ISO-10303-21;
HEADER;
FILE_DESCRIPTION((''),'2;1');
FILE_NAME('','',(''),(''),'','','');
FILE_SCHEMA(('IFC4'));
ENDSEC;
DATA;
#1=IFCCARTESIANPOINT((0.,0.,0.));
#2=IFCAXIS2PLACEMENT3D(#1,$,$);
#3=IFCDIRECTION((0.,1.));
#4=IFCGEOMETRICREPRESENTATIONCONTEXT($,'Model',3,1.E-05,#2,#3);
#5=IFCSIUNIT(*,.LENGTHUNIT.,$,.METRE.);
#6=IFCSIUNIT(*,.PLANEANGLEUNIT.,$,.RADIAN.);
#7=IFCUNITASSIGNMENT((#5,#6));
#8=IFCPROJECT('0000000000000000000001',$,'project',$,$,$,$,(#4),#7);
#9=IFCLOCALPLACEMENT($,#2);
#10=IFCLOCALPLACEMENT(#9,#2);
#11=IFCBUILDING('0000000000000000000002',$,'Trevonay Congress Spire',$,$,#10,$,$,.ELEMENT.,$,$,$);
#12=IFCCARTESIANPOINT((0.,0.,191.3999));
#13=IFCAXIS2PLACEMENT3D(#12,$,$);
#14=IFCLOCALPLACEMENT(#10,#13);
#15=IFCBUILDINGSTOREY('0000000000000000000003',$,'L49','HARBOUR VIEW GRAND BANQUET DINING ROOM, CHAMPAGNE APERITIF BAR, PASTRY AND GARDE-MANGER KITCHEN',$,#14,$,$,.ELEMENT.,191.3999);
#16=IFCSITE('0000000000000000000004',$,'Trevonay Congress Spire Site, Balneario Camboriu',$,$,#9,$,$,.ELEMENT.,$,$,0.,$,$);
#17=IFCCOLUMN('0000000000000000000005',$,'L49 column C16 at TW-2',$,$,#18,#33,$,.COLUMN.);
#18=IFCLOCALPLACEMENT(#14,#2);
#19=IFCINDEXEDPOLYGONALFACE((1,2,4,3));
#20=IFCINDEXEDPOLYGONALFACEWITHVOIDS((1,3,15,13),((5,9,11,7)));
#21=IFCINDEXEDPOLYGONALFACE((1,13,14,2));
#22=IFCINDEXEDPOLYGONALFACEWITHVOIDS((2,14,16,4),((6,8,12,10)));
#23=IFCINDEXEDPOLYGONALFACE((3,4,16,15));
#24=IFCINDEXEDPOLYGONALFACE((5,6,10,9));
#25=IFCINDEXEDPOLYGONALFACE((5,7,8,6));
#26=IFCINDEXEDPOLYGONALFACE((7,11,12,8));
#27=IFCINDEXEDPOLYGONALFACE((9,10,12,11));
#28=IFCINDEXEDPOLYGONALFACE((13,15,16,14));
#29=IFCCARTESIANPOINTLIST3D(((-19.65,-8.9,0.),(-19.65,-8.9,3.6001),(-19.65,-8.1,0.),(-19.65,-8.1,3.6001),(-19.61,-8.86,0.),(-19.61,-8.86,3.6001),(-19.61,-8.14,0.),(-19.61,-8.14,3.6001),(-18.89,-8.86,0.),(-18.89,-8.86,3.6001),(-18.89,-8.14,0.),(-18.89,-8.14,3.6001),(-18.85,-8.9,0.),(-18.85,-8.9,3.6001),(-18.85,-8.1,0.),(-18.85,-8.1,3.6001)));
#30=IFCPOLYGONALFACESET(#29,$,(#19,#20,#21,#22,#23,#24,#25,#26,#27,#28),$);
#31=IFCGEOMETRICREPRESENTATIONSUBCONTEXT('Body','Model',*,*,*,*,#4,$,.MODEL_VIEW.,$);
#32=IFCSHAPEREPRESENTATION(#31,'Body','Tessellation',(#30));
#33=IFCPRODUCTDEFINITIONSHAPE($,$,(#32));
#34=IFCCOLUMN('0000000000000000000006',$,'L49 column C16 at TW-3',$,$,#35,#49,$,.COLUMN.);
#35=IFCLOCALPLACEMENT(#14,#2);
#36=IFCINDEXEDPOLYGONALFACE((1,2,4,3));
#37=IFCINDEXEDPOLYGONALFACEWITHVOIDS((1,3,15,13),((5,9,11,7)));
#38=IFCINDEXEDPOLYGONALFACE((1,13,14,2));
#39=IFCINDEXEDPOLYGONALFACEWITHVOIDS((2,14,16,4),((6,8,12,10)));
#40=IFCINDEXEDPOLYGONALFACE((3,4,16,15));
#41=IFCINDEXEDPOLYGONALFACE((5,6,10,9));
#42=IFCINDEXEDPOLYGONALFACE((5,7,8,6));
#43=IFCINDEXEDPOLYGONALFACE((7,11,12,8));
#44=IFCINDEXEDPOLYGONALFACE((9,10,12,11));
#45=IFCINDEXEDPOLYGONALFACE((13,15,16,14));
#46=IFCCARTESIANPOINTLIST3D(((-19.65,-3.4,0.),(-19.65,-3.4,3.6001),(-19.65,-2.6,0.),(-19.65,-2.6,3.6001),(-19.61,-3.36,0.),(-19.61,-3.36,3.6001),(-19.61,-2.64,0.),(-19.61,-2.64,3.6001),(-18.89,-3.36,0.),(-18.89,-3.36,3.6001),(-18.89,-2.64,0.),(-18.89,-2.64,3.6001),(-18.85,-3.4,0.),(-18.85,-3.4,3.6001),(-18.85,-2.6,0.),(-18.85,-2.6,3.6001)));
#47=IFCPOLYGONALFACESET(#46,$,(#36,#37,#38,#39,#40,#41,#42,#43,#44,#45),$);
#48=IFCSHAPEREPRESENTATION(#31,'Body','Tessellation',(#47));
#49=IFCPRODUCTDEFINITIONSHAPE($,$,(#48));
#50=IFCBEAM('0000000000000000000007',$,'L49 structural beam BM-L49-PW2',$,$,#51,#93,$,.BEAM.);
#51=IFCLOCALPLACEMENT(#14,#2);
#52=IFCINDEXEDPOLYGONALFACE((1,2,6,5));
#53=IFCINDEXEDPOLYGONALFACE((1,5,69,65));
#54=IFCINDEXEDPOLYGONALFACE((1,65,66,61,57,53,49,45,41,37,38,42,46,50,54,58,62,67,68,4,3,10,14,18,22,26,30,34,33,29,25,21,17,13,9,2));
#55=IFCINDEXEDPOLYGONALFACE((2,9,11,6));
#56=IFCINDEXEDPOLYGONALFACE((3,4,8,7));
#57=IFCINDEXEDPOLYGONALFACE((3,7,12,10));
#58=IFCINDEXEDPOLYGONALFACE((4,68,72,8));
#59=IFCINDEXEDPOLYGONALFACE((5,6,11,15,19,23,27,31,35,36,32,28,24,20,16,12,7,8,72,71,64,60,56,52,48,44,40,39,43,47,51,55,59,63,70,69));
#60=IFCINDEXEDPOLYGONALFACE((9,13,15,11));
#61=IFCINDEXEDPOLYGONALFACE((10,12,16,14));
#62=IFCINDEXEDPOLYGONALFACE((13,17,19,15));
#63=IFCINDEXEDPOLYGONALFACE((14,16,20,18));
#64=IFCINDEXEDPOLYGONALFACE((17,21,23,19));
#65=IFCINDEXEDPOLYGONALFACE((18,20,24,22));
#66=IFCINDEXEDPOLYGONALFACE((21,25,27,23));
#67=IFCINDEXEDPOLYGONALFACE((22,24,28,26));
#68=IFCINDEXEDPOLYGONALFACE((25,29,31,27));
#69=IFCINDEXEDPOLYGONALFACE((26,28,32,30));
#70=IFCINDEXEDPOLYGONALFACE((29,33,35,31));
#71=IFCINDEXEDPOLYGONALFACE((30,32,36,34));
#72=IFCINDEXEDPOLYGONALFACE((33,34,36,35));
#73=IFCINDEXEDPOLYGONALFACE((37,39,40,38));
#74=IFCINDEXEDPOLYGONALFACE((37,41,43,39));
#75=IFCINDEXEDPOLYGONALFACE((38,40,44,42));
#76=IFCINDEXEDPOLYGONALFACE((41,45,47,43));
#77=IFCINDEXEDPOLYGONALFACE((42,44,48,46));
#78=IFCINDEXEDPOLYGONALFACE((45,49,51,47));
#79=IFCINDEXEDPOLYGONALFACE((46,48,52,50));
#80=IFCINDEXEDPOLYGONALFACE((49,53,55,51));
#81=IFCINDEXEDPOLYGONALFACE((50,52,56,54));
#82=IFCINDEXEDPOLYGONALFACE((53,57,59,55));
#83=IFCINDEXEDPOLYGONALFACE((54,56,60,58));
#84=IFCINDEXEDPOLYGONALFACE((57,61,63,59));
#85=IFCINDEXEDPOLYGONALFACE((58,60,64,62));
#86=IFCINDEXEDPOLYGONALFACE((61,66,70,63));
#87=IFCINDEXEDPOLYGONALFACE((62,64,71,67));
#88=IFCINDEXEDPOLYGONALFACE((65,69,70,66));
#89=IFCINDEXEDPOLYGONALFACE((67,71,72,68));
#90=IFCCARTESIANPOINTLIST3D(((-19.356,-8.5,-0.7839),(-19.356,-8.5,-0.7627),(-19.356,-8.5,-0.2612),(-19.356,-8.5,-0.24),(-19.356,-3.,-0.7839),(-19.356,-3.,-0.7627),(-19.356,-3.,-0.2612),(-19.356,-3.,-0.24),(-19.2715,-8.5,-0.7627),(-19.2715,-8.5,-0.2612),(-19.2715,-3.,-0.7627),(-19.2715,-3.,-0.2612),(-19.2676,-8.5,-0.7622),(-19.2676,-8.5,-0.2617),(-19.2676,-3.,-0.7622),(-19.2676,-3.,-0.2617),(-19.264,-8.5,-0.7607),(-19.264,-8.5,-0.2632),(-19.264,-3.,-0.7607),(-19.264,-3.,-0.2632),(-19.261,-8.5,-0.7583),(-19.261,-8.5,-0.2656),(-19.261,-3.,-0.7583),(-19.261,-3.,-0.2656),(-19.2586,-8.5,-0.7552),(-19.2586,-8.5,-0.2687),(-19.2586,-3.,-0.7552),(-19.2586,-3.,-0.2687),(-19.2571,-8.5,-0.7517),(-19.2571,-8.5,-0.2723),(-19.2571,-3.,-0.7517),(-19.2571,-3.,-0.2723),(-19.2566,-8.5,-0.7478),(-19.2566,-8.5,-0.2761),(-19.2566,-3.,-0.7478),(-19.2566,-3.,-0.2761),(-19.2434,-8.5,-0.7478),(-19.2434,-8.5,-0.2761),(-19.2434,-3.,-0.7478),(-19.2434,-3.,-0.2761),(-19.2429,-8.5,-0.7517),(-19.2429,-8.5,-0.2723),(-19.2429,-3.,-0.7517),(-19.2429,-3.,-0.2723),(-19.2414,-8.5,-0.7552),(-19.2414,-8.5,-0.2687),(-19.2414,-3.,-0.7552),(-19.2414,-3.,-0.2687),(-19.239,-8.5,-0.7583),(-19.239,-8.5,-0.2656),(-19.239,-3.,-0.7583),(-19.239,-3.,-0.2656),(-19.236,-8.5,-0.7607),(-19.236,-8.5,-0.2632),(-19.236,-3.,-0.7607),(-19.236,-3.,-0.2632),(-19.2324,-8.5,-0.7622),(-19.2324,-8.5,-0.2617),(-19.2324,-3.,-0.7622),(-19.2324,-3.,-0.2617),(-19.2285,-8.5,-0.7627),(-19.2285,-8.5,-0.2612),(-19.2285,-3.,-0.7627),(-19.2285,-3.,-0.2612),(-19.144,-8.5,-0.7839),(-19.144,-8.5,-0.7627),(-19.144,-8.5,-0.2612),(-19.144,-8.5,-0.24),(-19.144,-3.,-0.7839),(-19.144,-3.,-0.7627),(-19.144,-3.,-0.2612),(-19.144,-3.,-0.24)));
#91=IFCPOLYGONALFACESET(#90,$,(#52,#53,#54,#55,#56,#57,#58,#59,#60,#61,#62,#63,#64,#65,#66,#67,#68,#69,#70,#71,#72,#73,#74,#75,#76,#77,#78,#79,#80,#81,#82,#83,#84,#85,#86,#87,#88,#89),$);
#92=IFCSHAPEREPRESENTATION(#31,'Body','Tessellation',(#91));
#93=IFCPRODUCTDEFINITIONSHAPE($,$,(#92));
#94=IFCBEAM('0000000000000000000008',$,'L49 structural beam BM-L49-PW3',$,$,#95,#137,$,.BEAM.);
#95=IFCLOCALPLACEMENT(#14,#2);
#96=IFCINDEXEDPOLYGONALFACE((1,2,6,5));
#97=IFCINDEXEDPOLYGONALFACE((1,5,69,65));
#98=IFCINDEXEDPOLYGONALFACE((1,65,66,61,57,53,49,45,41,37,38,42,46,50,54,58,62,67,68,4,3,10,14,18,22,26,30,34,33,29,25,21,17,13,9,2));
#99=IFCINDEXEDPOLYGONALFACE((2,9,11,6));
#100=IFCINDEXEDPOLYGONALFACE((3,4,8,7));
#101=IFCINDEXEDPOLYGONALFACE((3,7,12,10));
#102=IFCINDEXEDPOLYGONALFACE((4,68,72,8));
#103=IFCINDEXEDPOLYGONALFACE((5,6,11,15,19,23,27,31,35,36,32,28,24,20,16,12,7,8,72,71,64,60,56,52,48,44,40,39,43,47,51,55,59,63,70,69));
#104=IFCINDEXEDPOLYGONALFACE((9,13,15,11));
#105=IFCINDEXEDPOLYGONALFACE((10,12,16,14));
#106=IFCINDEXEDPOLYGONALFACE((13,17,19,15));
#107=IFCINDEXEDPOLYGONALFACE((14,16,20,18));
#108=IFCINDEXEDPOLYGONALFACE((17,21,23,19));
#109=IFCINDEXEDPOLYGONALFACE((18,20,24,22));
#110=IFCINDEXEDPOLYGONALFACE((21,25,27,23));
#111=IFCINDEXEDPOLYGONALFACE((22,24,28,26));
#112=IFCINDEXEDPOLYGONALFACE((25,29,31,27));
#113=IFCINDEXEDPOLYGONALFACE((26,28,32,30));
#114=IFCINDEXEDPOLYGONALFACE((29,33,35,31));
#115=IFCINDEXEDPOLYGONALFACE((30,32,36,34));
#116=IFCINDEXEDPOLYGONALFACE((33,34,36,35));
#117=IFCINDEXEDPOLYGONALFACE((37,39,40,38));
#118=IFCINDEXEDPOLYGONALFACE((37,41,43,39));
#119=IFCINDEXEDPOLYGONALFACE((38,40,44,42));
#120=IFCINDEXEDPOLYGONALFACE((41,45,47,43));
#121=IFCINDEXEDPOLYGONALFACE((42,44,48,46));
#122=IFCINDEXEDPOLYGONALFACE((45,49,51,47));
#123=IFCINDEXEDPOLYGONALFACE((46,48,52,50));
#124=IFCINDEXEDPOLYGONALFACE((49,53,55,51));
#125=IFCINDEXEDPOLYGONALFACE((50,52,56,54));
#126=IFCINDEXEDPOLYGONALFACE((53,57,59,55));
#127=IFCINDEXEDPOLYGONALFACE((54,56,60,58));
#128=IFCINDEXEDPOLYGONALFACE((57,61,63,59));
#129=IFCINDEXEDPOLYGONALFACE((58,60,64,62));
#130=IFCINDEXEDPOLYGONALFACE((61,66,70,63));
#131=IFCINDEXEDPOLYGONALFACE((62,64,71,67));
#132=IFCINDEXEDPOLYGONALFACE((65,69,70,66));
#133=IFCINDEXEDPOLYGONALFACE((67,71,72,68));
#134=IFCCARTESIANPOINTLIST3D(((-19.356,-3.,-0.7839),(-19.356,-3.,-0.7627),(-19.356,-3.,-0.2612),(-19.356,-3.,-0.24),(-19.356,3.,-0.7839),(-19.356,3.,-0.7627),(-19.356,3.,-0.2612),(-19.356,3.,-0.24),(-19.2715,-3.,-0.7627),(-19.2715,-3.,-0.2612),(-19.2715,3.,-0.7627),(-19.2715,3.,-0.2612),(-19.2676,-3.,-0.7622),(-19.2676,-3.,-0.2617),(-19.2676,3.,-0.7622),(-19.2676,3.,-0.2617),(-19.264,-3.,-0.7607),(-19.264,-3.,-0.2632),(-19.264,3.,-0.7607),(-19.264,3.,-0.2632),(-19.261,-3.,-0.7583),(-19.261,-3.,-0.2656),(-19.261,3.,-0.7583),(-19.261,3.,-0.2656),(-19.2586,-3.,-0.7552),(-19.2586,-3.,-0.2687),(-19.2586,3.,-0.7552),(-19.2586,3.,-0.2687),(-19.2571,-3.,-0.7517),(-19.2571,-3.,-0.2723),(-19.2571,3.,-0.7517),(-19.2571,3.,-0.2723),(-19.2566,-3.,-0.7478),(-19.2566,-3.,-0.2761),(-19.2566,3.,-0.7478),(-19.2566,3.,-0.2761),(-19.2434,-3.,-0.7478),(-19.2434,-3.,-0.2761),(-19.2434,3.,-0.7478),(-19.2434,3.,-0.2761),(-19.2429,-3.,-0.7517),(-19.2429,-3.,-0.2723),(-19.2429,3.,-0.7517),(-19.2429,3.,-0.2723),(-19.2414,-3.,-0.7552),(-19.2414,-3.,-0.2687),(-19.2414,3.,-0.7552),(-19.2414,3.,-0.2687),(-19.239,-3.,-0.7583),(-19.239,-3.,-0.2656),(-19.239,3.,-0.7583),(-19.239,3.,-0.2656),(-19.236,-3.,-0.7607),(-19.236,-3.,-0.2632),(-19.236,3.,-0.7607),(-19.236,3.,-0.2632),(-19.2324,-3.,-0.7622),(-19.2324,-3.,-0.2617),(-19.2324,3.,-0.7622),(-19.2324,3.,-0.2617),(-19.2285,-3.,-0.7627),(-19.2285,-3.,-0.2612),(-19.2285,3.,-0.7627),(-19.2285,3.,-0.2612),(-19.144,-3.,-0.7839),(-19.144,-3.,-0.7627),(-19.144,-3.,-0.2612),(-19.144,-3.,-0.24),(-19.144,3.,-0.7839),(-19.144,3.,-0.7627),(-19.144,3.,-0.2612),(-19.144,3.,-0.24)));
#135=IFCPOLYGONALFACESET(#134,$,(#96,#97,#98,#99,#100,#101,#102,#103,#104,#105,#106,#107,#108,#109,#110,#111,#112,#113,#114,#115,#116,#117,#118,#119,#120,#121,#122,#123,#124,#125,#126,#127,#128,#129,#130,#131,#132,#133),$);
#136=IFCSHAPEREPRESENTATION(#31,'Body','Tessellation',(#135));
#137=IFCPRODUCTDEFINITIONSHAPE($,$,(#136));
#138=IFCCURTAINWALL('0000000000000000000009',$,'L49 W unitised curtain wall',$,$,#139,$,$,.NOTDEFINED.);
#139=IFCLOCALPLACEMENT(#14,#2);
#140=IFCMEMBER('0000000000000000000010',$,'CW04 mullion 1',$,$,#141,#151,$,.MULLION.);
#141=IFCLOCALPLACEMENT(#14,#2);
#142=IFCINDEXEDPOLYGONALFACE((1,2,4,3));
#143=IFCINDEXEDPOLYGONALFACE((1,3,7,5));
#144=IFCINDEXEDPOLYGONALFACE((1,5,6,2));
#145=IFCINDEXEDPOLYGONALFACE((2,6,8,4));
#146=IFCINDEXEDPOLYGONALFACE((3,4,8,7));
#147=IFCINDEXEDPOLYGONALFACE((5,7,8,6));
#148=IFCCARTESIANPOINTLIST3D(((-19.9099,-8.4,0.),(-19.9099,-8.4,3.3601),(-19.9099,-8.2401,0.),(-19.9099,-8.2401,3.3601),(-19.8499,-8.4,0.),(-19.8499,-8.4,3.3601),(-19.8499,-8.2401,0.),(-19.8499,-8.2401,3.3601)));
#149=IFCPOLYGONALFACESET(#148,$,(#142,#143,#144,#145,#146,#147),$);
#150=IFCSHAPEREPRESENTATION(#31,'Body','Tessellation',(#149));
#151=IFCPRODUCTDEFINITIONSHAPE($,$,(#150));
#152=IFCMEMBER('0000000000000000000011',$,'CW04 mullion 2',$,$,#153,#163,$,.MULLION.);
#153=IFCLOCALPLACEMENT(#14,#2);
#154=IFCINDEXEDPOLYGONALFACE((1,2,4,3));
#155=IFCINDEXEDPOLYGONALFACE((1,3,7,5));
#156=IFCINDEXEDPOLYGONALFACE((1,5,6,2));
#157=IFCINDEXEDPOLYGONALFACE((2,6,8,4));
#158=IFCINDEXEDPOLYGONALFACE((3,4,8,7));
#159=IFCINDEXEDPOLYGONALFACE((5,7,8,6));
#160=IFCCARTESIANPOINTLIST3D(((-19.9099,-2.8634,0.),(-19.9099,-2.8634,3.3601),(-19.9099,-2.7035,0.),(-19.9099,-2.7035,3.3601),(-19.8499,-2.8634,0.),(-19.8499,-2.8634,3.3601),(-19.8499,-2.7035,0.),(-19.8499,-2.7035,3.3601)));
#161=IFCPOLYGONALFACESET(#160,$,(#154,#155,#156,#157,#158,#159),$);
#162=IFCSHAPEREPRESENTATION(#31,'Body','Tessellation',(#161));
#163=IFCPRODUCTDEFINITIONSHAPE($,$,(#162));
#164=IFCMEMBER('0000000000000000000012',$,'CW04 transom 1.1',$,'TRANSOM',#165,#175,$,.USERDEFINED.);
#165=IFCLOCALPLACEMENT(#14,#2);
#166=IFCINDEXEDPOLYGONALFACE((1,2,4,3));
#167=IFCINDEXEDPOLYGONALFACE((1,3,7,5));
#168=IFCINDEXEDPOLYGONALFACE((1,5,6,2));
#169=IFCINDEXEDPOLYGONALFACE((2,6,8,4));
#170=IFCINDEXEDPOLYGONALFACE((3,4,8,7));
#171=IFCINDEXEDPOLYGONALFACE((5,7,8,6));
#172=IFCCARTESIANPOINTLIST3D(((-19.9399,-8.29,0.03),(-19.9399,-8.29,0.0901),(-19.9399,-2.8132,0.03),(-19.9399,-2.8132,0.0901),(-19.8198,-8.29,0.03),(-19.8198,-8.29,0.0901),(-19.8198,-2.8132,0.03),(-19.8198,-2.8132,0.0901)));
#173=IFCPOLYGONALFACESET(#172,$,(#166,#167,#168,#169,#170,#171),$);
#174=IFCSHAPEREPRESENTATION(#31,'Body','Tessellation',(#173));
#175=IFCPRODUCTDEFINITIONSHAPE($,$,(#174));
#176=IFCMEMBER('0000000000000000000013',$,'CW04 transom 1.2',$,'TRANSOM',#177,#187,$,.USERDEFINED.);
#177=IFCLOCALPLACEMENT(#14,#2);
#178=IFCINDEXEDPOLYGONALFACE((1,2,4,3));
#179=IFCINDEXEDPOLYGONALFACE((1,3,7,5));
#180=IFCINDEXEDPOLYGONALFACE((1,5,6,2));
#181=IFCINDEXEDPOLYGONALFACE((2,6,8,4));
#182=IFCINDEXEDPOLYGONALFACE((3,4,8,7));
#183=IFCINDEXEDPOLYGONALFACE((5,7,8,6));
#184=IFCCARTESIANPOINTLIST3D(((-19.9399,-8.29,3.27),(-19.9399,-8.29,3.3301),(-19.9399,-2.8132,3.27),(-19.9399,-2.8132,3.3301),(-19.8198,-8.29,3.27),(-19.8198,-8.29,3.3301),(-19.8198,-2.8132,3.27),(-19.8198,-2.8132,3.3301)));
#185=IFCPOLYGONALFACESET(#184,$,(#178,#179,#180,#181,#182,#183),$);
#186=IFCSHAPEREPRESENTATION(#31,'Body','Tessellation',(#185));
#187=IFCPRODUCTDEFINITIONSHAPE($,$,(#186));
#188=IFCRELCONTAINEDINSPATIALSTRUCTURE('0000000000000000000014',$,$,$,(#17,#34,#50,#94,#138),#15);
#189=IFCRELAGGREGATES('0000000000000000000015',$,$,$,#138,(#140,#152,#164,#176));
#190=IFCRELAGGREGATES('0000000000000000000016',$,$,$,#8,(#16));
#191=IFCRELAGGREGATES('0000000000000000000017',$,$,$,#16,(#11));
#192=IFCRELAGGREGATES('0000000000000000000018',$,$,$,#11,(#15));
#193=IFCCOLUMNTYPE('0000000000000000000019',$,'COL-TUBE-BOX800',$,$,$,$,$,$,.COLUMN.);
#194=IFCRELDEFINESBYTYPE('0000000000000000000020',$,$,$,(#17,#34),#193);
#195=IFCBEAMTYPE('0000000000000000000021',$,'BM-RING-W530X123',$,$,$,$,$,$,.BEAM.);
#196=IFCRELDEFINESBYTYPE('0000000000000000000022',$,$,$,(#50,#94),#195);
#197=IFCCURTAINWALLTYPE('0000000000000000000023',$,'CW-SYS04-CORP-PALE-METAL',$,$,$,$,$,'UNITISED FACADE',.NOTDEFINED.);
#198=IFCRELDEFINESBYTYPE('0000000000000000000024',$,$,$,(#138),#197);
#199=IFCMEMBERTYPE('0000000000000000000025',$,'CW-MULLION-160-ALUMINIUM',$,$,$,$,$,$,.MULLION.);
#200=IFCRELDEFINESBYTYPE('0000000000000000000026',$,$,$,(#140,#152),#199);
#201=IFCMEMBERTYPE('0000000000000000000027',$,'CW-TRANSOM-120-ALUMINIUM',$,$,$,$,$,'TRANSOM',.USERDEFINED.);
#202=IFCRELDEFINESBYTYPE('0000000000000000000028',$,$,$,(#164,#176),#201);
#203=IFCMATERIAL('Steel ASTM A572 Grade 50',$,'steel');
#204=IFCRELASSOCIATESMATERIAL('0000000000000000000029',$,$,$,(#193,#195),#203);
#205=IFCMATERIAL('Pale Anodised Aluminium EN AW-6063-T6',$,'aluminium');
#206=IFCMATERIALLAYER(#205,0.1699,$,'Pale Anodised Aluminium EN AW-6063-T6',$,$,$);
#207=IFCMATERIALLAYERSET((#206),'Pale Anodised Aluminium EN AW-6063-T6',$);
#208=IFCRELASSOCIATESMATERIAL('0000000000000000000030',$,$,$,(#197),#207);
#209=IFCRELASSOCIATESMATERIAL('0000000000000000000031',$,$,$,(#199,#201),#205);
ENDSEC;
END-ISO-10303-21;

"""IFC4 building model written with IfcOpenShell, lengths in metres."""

from ifc_helpers import new_model, si_unit, direction, frame, origin, origin_2d, place, context, subcontext, project, spatial, rectangle, hollow_rectangle, i_section, extrude, material, layer, layer_set, material_profile, profile_set, type_object, element, aggregate, save


model = new_model("IFC4")

# Units and contexts
model_context = context("Model", 3, precision=1e-05, world=origin(), true_north=direction((0.0, 1.0)))
body_context = subcontext(model_context, "Body", "Model", "MODEL_VIEW")
ifc_project = project(units=[si_unit("LENGTHUNIT", "METRE"), si_unit("PLANEANGLEUNIT", "RADIAN")], contexts=[model_context])

# Site, building, storey
site_placement = place(None, origin())
site = spatial("IfcSite", under=ifc_project, at=site_placement, Name="Trevonay Congress Spire Site, Balneario Camboriu", CompositionType="ELEMENT", RefElevation=0.0)
building_placement = place(site_placement, origin())
building = spatial("IfcBuilding", under=site, at=building_placement, Name="Trevonay Congress Spire", CompositionType="ELEMENT")
storey_placement = place(building_placement, frame((0.0, 0.0, 191.3999)))
storey = spatial("IfcBuildingStorey", under=building, at=storey_placement, Name="L49", Description="HARBOUR VIEW GRAND BANQUET DINING ROOM, CHAMPAGNE APERITIF BAR, PASTRY AND GARDE-MANGER KITCHEN", CompositionType="ELEMENT", Elevation=191.3999)

# Columns
ifc_material_1 = material(Name="Steel ASTM A572 Grade 50", Category="steel")
ifc_material_profile_1 = material_profile(ifc_material_1, hollow_rectangle(XDim=0.8, YDim=0.8, WallThickness=0.04, at=origin_2d()), Name="BOX 800x800x40")
ifc_profile_set_1 = profile_set([ifc_material_profile_1], Name="Steel ASTM A572 Grade 50")
column_type = type_object("IfcColumnType", Name="COL-TUBE-BOX800", PredefinedType="COLUMN", material=ifc_profile_set_1)
for number, where, z_axis, x_axis, name in (
    (1, (-19.25, -8.5, 0.0), (0.0, 0.0, 1.0), (1.0, 0.0, 0.0), "L49 column C16 at TW-2"),
    (2, (-19.25, -3.0, 0.0), (0.0, 0.0, 1.0), (1.0, 0.0, 0.0), "L49 column C16 at TW-3"),
):
    element("IfcColumn", number, at=place(storey_placement, frame(where, z_axis=z_axis, x_axis=x_axis)), inside=storey, type_object=column_type, Name=name, PredefinedType="COLUMN", context=body_context, shape_type="SweptSolid", body=[
        extrude(hollow_rectangle(XDim=0.8, YDim=0.8, WallThickness=0.04, at=origin_2d()), origin(), (0.0, 0.0, 1.0), 3.6001),
    ])

# Beams
ifc_material_profile_2 = material_profile(ifc_material_1, i_section(OverallWidth=0.2119, OverallDepth=0.5439, WebThickness=0.0132, FlangeThickness=0.0212, FilletRadius=0.0149, at=origin_2d()), Name="W530x123")
ifc_profile_set_2 = profile_set([ifc_material_profile_2], Name="Steel ASTM A572 Grade 50")
beam_type_1 = type_object("IfcBeamType", Name="BM-RING-W530X123", PredefinedType="BEAM", material=ifc_profile_set_2)
beam_1_placement = place(storey_placement, frame((-19.25, -8.5, -0.512), z_axis=(0.0, 1.0, 0.0), x_axis=(-1.0, 0.0, 0.0)))
element("IfcBeam", 3, at=beam_1_placement, inside=storey, type_object=beam_type_1, Name="L49 structural beam BM-L49-PW2", PredefinedType="BEAM", context=body_context, shape_type="SweptSolid", body=[
    extrude(i_section(OverallWidth=0.2119, OverallDepth=0.5439, WebThickness=0.0132, FlangeThickness=0.0212, FilletRadius=0.0149, at=origin_2d()), origin(), (0.0, 0.0, 1.0), 5.5),
])
beam_2_placement = place(storey_placement, frame((-19.25, -3.0, -0.512), z_axis=(0.0, 1.0, 0.0), x_axis=(-1.0, 0.0, 0.0)))
element("IfcBeam", 4, at=beam_2_placement, inside=storey, type_object=beam_type_1, Name="L49 structural beam BM-L49-PW3", PredefinedType="BEAM", context=body_context, shape_type="SweptSolid", body=[
    extrude(i_section(OverallWidth=0.2119, OverallDepth=0.5439, WebThickness=0.0132, FlangeThickness=0.0212, FilletRadius=0.0149, at=origin_2d()), origin(), (0.0, 0.0, 1.0), 6.0),
])

# Curtain wall, members
ifc_material_2 = material(Name="Pale Anodised Aluminium EN AW-6063-T6", Category="aluminium")
ifc_layer_1 = layer(ifc_material_2, 0.1699, Name="Pale Anodised Aluminium EN AW-6063-T6")
ifc_layer_set_1 = layer_set([ifc_layer_1], Name="Pale Anodised Aluminium EN AW-6063-T6")
curtain_wall_type = type_object("IfcCurtainWallType", Name="CW-SYS04-CORP-PALE-METAL", ElementType="UNITISED FACADE", PredefinedType="NOTDEFINED", material=ifc_layer_set_1)
curtain_wall_placement = place(storey_placement, origin())
curtain_wall = element("IfcCurtainWall", 5, at=curtain_wall_placement, inside=storey, type_object=curtain_wall_type, Name="L49 W unitised curtain wall", PredefinedType="NOTDEFINED")
ifc_material_profile_3 = material_profile(ifc_material_2, rectangle(XDim=0.0601, YDim=0.1599, at=origin_2d()), Name="CW-MULLION-160-ALUMINIUM")
ifc_profile_set_3 = profile_set([ifc_material_profile_3], Name="Pale Anodised Aluminium EN AW-6063-T6")
member_type_1 = type_object("IfcMemberType", Name="CW-MULLION-160-ALUMINIUM", PredefinedType="MULLION", material=ifc_profile_set_3)
member_1_placement = place(storey_placement, frame((-19.8799, -8.3201, 0.0), z_axis=(0.0, 0.0, 1.0), x_axis=(-1.0, 0.0, 0.0)))
member_1 = element("IfcMember", 6, at=member_1_placement, type_object=member_type_1, Name="CW04 mullion 1", PredefinedType="MULLION", context=body_context, shape_type="SweptSolid", body=[
    extrude(rectangle(XDim=0.0601, YDim=0.1599, at=origin_2d()), origin(), (0.0, 0.0, 1.0), 3.3601),
])
member_2_placement = place(storey_placement, frame((-19.8799, -2.7834, 0.0), z_axis=(0.0, 0.0, 1.0), x_axis=(-1.0, 0.0, 0.0)))
member_2 = element("IfcMember", 7, at=member_2_placement, type_object=member_type_1, Name="CW04 mullion 2", PredefinedType="MULLION", context=body_context, shape_type="SweptSolid", body=[
    extrude(rectangle(XDim=0.0601, YDim=0.1599, at=origin_2d()), origin(), (0.0, 0.0, 1.0), 3.3601),
])
ifc_material_profile_4 = material_profile(ifc_material_2, rectangle(XDim=0.1201, YDim=0.0601, at=origin_2d()), Name="CW-TRANSOM-120-ALUMINIUM")
ifc_profile_set_4 = profile_set([ifc_material_profile_4], Name="Pale Anodised Aluminium EN AW-6063-T6")
member_type_2 = type_object("IfcMemberType", Name="CW-TRANSOM-120-ALUMINIUM", ElementType="TRANSOM", PredefinedType="USERDEFINED", material=ifc_profile_set_4)
member_3_placement = place(storey_placement, frame((-19.8799, -8.29, 0.0601), z_axis=(0.0, 1.0, 0.0), x_axis=(-1.0, 0.0, 0.0)))
member_3 = element("IfcMember", 8, at=member_3_placement, type_object=member_type_2, Name="CW04 transom 1.1", ObjectType="TRANSOM", PredefinedType="USERDEFINED", context=body_context, shape_type="SweptSolid", body=[
    extrude(rectangle(XDim=0.1201, YDim=0.0601, at=origin_2d()), origin(), (0.0, 0.0, 1.0), 5.4768),
])
member_4_placement = place(storey_placement, frame((-19.8799, -8.29, 3.3), z_axis=(0.0, 1.0, 0.0), x_axis=(-1.0, 0.0, 0.0)))
member_4 = element("IfcMember", 9, at=member_4_placement, type_object=member_type_2, Name="CW04 transom 1.2", ObjectType="TRANSOM", PredefinedType="USERDEFINED", context=body_context, shape_type="SweptSolid", body=[
    extrude(rectangle(XDim=0.1201, YDim=0.0601, at=origin_2d()), origin(), (0.0, 0.0, 1.0), 5.4768),
])

aggregate(curtain_wall, [member_1, member_2, member_3, member_4])

save(model, "model.ifc")
